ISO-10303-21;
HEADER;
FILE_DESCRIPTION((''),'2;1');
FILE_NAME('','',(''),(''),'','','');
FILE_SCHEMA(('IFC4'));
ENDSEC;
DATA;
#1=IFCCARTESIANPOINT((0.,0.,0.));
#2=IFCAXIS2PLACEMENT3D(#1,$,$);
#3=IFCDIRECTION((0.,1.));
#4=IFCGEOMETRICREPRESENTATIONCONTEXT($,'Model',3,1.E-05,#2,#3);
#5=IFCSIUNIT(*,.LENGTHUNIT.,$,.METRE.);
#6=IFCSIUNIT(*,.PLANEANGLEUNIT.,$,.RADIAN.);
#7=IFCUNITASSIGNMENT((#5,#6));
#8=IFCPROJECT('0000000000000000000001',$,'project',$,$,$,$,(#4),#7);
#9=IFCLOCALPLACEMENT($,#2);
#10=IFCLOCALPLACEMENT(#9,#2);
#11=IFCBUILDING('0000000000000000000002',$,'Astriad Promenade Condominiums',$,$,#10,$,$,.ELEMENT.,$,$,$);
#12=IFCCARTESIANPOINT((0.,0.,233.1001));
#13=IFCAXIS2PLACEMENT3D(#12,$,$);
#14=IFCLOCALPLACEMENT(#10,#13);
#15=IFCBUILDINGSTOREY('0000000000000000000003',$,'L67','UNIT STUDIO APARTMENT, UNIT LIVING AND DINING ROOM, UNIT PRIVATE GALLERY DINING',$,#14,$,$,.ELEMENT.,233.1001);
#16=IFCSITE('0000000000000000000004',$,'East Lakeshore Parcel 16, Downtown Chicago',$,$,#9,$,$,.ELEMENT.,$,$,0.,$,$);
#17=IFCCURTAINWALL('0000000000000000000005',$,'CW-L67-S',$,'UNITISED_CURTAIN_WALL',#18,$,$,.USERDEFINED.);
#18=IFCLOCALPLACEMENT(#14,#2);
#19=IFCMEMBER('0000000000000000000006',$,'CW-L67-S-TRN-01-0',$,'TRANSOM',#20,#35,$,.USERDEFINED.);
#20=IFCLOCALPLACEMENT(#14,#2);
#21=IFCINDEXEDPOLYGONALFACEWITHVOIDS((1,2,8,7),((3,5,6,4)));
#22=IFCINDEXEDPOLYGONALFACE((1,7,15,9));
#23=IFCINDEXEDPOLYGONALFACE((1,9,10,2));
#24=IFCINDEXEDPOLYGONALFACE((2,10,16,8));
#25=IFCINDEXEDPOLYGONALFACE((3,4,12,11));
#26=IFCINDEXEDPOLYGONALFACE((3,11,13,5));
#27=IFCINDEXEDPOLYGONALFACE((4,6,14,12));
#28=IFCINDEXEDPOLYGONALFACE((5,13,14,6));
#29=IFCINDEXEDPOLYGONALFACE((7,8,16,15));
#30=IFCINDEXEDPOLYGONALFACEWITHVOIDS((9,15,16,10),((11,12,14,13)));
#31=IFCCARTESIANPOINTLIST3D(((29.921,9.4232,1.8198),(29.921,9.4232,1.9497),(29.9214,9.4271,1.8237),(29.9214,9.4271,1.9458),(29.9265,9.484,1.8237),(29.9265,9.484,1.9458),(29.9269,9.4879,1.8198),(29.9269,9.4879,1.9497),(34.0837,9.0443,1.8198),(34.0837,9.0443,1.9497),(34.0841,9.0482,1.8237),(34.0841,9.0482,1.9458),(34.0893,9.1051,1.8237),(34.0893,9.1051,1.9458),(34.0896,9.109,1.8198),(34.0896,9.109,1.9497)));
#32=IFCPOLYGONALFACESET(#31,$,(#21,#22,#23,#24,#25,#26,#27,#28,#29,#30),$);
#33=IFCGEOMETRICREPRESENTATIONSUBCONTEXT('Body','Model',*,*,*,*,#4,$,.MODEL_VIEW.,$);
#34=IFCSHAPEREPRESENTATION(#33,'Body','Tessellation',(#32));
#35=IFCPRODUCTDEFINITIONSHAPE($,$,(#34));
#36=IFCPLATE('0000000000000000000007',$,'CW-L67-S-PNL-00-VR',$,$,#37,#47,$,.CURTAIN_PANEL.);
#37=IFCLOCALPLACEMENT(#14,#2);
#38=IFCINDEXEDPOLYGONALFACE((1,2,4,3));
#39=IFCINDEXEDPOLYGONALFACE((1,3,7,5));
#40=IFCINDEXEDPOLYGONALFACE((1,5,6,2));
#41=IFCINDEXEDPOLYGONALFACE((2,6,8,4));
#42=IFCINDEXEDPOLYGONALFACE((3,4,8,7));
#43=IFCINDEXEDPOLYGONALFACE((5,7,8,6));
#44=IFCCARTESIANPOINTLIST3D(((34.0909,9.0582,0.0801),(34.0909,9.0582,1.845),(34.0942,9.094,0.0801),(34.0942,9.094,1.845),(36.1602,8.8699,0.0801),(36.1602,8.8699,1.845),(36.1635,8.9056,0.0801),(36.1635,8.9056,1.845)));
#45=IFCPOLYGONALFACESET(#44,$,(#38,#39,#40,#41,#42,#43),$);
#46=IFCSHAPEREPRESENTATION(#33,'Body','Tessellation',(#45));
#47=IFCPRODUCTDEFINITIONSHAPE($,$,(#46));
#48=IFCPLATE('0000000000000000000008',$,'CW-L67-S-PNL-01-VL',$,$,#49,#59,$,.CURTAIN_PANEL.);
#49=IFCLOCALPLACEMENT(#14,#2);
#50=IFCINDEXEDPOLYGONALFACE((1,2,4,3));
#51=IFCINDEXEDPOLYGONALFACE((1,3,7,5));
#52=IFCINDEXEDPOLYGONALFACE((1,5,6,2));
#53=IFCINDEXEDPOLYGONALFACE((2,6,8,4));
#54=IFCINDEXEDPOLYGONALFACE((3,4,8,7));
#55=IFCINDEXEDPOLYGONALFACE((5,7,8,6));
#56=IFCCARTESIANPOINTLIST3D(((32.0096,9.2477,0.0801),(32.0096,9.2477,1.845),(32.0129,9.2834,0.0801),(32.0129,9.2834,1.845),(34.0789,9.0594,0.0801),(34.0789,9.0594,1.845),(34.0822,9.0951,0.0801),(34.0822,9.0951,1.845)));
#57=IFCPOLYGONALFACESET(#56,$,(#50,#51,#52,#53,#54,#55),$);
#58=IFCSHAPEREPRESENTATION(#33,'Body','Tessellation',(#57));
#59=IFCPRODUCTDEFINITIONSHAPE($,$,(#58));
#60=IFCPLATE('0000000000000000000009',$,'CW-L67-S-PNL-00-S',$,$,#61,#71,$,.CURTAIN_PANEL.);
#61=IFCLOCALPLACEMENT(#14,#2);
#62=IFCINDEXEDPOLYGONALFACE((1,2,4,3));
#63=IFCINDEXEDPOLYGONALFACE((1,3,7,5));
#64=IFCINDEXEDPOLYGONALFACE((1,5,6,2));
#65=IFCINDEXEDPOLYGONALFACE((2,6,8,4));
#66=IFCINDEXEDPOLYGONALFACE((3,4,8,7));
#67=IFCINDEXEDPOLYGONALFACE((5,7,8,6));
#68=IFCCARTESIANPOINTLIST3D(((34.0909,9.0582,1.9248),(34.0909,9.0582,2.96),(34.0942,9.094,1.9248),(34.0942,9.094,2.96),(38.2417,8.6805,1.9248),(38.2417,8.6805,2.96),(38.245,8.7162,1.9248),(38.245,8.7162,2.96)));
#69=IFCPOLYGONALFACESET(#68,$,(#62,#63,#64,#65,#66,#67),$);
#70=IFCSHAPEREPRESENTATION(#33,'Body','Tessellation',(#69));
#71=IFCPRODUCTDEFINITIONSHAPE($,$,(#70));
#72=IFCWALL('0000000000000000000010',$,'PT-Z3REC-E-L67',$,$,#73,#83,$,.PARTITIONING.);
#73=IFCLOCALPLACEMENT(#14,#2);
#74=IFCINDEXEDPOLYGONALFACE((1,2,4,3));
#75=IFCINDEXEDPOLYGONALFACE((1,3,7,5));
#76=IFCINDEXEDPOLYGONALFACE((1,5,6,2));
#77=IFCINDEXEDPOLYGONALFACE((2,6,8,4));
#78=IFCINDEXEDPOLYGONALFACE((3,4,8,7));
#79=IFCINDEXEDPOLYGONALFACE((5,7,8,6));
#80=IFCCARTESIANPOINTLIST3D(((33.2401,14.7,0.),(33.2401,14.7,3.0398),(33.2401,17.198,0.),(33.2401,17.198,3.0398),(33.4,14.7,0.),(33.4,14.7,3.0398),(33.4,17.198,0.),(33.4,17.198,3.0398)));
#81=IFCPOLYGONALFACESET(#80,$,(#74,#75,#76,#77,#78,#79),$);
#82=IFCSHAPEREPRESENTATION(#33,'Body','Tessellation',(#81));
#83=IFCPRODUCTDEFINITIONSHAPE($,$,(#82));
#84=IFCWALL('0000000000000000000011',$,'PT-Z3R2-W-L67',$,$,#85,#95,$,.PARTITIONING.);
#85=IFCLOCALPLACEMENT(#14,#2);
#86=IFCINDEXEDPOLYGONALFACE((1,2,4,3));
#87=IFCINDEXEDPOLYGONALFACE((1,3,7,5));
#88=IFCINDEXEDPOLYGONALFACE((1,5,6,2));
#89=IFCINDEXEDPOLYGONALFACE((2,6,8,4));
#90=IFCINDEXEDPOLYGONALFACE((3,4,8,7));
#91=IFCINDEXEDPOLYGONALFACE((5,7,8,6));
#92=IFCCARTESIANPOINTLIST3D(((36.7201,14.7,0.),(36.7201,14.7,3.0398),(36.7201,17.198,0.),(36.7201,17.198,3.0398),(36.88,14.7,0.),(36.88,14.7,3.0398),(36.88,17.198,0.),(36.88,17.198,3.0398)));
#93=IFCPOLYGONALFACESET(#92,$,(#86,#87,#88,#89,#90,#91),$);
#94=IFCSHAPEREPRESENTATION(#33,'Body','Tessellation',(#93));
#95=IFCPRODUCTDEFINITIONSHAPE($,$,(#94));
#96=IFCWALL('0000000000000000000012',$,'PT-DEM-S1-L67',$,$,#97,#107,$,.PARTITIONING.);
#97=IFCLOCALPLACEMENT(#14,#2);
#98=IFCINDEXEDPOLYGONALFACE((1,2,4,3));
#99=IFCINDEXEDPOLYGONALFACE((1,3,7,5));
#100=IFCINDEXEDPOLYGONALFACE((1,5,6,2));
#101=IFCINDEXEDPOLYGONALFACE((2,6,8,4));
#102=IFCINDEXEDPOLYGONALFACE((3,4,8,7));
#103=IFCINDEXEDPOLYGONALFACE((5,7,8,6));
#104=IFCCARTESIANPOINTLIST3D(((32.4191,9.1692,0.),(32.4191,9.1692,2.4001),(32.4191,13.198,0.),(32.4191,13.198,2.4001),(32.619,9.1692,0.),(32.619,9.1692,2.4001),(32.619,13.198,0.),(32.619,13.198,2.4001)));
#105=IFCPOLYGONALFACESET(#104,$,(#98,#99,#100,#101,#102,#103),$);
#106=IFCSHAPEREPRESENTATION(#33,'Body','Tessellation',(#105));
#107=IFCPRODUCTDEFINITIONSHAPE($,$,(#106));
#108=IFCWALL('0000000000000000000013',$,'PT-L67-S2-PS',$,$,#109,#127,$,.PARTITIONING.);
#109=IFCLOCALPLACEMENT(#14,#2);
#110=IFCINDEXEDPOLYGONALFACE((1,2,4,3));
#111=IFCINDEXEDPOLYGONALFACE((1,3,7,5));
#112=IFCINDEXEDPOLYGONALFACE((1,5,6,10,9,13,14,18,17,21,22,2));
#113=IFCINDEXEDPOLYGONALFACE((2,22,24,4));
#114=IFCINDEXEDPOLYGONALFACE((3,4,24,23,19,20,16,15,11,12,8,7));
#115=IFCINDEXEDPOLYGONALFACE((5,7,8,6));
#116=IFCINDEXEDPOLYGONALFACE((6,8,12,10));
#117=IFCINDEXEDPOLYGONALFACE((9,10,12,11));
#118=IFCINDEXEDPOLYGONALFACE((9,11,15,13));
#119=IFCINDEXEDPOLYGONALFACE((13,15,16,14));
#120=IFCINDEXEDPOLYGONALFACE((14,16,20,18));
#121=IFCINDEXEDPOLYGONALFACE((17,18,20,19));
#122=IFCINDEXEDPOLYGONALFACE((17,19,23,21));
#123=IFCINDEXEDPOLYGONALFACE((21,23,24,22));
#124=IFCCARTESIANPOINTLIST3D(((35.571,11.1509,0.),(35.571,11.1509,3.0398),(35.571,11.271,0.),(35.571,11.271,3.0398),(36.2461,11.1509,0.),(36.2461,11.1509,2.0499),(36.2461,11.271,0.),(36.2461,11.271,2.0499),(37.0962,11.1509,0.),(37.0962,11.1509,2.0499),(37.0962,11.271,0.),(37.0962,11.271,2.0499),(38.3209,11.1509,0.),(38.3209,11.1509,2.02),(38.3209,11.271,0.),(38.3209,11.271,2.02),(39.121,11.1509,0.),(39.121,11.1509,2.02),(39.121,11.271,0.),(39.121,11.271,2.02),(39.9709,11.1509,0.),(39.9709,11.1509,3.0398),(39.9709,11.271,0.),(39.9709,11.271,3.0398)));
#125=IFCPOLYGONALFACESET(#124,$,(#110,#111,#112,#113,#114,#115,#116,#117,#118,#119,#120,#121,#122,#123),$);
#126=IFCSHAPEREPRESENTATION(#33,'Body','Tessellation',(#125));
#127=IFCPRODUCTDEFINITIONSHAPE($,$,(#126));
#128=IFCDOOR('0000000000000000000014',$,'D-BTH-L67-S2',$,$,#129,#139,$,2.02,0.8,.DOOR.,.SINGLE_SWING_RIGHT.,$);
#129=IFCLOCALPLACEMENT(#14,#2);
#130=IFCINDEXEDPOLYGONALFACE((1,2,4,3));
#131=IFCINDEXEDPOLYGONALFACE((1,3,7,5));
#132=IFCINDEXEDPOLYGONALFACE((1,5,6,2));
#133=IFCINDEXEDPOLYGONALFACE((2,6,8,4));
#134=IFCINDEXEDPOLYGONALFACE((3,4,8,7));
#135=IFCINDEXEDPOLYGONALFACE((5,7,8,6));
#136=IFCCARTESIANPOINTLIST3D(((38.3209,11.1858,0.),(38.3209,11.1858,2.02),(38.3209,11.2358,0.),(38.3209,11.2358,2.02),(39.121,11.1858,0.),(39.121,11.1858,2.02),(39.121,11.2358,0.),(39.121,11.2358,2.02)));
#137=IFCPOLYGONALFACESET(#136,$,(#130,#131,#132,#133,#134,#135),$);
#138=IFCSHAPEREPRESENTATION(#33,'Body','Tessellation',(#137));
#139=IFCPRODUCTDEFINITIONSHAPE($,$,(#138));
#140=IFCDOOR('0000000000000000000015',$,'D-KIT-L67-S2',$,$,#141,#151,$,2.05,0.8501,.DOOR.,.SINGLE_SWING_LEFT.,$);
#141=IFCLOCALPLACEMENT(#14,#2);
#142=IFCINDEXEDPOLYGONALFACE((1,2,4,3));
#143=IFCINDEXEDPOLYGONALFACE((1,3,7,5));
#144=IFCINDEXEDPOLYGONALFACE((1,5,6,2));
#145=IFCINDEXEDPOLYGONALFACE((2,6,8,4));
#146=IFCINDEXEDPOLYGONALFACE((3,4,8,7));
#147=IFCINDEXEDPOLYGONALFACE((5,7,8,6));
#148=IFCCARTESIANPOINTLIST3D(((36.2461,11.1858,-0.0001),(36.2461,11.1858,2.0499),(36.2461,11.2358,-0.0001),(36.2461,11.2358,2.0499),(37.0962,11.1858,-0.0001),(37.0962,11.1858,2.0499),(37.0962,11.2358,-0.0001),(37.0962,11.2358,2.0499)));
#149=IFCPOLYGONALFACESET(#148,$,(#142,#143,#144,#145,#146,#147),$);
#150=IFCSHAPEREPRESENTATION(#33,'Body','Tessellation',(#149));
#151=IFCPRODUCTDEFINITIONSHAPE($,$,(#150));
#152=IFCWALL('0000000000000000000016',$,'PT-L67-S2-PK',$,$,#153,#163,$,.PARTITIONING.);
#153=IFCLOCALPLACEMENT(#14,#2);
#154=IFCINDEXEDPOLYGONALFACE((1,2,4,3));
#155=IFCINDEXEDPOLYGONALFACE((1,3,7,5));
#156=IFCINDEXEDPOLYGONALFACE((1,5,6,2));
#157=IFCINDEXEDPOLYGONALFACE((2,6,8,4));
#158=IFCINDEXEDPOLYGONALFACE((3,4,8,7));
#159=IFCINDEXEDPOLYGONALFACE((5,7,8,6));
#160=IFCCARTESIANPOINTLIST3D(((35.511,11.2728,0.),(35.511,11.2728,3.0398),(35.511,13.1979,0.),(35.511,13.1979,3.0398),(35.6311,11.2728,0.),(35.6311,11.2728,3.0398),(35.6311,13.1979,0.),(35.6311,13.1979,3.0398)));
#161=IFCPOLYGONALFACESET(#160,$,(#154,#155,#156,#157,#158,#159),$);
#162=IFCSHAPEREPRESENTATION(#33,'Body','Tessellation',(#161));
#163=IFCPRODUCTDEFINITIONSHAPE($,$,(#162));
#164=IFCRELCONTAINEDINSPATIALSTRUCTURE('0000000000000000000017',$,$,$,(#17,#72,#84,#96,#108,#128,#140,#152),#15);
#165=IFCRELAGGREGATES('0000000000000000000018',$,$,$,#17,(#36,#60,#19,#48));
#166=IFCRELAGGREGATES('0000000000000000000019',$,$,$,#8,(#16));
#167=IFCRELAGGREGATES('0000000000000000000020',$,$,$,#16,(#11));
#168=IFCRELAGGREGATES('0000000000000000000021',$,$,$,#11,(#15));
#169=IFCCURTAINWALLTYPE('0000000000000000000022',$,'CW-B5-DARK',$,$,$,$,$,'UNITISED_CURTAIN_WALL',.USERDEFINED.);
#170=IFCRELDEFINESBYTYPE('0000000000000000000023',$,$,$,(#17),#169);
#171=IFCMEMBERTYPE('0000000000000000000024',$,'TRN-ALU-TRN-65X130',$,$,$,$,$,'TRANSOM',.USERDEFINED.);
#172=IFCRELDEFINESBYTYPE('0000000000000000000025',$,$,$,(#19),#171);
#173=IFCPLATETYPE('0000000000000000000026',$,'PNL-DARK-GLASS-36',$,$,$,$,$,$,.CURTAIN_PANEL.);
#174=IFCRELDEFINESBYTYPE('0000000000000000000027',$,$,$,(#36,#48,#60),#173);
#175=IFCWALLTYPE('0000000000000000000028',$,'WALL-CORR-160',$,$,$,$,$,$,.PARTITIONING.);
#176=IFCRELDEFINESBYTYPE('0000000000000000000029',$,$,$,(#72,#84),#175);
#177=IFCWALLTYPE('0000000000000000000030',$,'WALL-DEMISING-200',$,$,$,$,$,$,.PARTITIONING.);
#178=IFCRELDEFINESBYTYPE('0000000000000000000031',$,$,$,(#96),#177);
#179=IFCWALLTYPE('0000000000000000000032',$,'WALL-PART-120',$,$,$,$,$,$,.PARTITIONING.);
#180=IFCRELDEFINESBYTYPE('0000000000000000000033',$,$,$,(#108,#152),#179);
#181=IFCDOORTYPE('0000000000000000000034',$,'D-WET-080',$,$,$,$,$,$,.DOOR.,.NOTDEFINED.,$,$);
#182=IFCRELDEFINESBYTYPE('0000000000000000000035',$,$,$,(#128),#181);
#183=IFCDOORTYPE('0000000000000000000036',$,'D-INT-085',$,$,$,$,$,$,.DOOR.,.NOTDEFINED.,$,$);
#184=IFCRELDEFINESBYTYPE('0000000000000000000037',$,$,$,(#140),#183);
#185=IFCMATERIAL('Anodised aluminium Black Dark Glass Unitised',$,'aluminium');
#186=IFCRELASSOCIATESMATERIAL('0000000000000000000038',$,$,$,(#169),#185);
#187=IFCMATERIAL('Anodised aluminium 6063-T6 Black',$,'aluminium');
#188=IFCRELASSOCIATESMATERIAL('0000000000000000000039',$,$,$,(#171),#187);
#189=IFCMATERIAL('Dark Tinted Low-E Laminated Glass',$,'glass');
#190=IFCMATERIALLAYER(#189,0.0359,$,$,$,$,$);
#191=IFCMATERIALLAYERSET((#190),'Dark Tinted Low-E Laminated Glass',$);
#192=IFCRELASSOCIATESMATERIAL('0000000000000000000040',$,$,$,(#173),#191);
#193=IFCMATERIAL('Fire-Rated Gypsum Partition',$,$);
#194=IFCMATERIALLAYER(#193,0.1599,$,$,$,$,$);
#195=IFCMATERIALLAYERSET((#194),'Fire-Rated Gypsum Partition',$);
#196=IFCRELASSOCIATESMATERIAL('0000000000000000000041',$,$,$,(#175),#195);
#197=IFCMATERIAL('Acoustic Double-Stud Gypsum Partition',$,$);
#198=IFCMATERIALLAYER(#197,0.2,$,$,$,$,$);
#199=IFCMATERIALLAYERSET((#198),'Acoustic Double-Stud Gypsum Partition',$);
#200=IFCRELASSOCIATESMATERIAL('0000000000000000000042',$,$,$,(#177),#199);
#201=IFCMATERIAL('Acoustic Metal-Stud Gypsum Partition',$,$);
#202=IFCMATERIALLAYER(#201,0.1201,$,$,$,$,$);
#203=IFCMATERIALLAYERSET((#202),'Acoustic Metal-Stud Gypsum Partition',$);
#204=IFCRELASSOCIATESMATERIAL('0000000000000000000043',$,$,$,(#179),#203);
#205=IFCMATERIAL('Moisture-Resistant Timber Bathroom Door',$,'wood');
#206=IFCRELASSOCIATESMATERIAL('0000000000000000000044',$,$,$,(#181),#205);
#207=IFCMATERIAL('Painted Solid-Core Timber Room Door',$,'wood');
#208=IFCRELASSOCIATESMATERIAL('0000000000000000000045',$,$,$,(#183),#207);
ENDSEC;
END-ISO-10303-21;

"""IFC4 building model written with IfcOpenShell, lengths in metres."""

from ifc_helpers import new_model, si_unit, direction, frame, frame_2d, origin, origin_2d, place, context, subcontext, project, spatial, rectangle, hollow_rectangle, extrude, source, transform, mapped, material, layer, layer_set, material_profile, profile_set, type_object, type_shapes, element, fill, aggregate, save


model = new_model("IFC4")

# Units and contexts
model_context = context("Model", 3, precision=1e-05, world=origin(), true_north=direction((0.0, 1.0)))
body_context = subcontext(model_context, "Body", "Model", "MODEL_VIEW")
ifc_project = project(units=[si_unit("LENGTHUNIT", "METRE"), si_unit("PLANEANGLEUNIT", "RADIAN")], contexts=[model_context])

# Site, building, storey
site_placement = place(None, origin())
site = spatial("IfcSite", under=ifc_project, at=site_placement, Name="East Lakeshore Parcel 16, Downtown Chicago", CompositionType="ELEMENT", RefElevation=0.0)
building_placement = place(site_placement, origin())
building = spatial("IfcBuilding", under=site, at=building_placement, Name="Astriad Promenade Condominiums", CompositionType="ELEMENT")
storey_placement = place(building_placement, frame((0.0, 0.0, 233.1001)))
storey = spatial("IfcBuildingStorey", under=building, at=storey_placement, Name="L67", Description="UNIT STUDIO APARTMENT, UNIT LIVING AND DINING ROOM, UNIT PRIVATE GALLERY DINING", CompositionType="ELEMENT", Elevation=233.1001)

# Curtain wall, member, plates
ifc_material_1 = material(Name="Anodised aluminium Black Dark Glass Unitised", Category="aluminium")
curtain_wall_type = type_object("IfcCurtainWallType", Name="CW-B5-DARK", ElementType="UNITISED_CURTAIN_WALL", PredefinedType="USERDEFINED", material=ifc_material_1)
curtain_wall_placement = place(storey_placement, origin())
curtain_wall = element("IfcCurtainWall", 1, at=curtain_wall_placement, inside=storey, type_object=curtain_wall_type, Name="CW-L67-S", ObjectType="UNITISED_CURTAIN_WALL", PredefinedType="USERDEFINED")
ifc_material_2 = material(Name="Anodised aluminium 6063-T6 Black", Category="aluminium")
ifc_material_profile_1 = material_profile(ifc_material_2, hollow_rectangle(XDim=0.0649, YDim=0.1299, WallThickness=0.0039, at=origin_2d()), Name="ALU-TRN-65X130")
ifc_profile_set_1 = profile_set([ifc_material_profile_1], Name="Anodised aluminium 6063-T6 Black")
member_type_1 = type_object("IfcMemberType", Name="TRN-ALU-TRN-65X130", ElementType="TRANSOM", PredefinedType="USERDEFINED", material=ifc_profile_set_1)
shared_shape_1 = source(origin(), body_context, "Body", "SweptSolid", [
    extrude(hollow_rectangle(XDim=0.0649, YDim=0.1299, WallThickness=0.0039, at=origin_2d()), origin(), (0.0, 0.0, 1.0), 4.1799),
])
type_shapes(member_type_1, [shared_shape_1])
member_1_placement = place(storey_placement, frame((34.0867, 9.0767, 1.8848), z_axis=(-0.995883, 0.090646, 0.0), x_axis=(-0.090646, -0.995883, 0.0)))
member_1 = element("IfcMember", 2, at=member_1_placement, type_object=member_type_1, Name="CW-L67-S-TRN-01-0", ObjectType="TRANSOM", PredefinedType="USERDEFINED", context=body_context, shape_type="MappedRepresentation", body=[
    mapped(shared_shape_1, transform((0.0, 0.0, 0.0), scale=1.0)),
])
ifc_material_3 = material(Name="Dark Tinted Low-E Laminated Glass", Category="glass")
ifc_layer_1 = layer(ifc_material_3, 0.0359)
ifc_layer_set_1 = layer_set([ifc_layer_1], Name="Dark Tinted Low-E Laminated Glass")
plate_type = type_object("IfcPlateType", Name="PNL-DARK-GLASS-36", PredefinedType="CURTAIN_PANEL", material=ifc_layer_set_1)
shared_shape_2 = source(origin(), body_context, "Body", "SweptSolid", [
    extrude(rectangle(XDim=2.0779, YDim=0.0359, at=origin_2d()), origin(), (0.0, 0.0, 1.0), 1.7649),
])
plate_1_placement = place(storey_placement, frame((35.1272, 8.9819, 0.0801), z_axis=(0.0, 0.0, 1.0), x_axis=(-0.995884, 0.090633, 0.0)))
plate_1 = element("IfcPlate", 3, at=plate_1_placement, type_object=plate_type, Name="CW-L67-S-PNL-00-VR", PredefinedType="CURTAIN_PANEL", context=body_context, shape_type="MappedRepresentation", body=[
    mapped(shared_shape_2, transform((0.0, 0.0, 0.0), scale=1.0)),
])
plate_2_placement = place(storey_placement, frame((33.0459, 9.1714, 0.0801), z_axis=(0.0, 0.0, 1.0), x_axis=(-0.995884, 0.090633, 0.0)))
plate_2 = element("IfcPlate", 4, at=plate_2_placement, type_object=plate_type, Name="CW-L67-S-PNL-01-VL", PredefinedType="CURTAIN_PANEL", context=body_context, shape_type="MappedRepresentation", body=[
    mapped(shared_shape_2, transform((0.0, 0.0, 0.0), scale=1.0)),
])
shared_shape_3 = source(origin(), body_context, "Body", "SweptSolid", [
    extrude(rectangle(XDim=4.168, YDim=0.0359, at=origin_2d()), origin(), (0.0, 0.0, 1.0), 1.0352),
])
type_shapes(plate_type, [shared_shape_2, shared_shape_3])
plate_3_placement = place(storey_placement, frame((36.168, 8.8872, 1.9248), z_axis=(0.0, 0.0, 1.0), x_axis=(-0.995884, 0.090633, 0.0)))
plate_3 = element("IfcPlate", 5, at=plate_3_placement, type_object=plate_type, Name="CW-L67-S-PNL-00-S", PredefinedType="CURTAIN_PANEL", context=body_context, shape_type="MappedRepresentation", body=[
    mapped(shared_shape_3, transform((0.0, 0.0, 0.0), scale=1.0)),
])
aggregate(curtain_wall, [plate_1, plate_3, member_1, plate_2])

# Walls
ifc_material_4 = material(Name="Fire-Rated Gypsum Partition")
ifc_layer_2 = layer(ifc_material_4, 0.1599)
ifc_layer_set_2 = layer_set([ifc_layer_2], Name="Fire-Rated Gypsum Partition")
wall_type_1 = type_object("IfcWallType", Name="WALL-CORR-160", PredefinedType="PARTITIONING", material=ifc_layer_set_2)
for number, where, z_axis, x_axis, name in (
    (6, (33.3201, 14.7, 0.0), (0.0, 0.0, 1.0), (0.0, 1.0, 0.0), "PT-Z3REC-E-L67"),
    (7, (36.8, 14.7, 0.0), (0.0, 0.0, 1.0), (0.0, 1.0, 0.0), "PT-Z3R2-W-L67"),
):
    element("IfcWall", number, at=place(storey_placement, frame(where, z_axis=z_axis, x_axis=x_axis)), inside=storey, type_object=wall_type_1, Name=name, PredefinedType="PARTITIONING", context=body_context, shape_type="SweptSolid", body=[
        extrude(rectangle(XDim=2.498, YDim=0.1599, at=frame_2d((1.249, 0.0))), origin(), (0.0, 0.0, 1.0), 3.0398),
    ])
ifc_material_5 = material(Name="Acoustic Double-Stud Gypsum Partition")
ifc_layer_3 = layer(ifc_material_5, 0.2)
ifc_layer_set_3 = layer_set([ifc_layer_3], Name="Acoustic Double-Stud Gypsum Partition")
wall_type_2 = type_object("IfcWallType", Name="WALL-DEMISING-200", PredefinedType="PARTITIONING", material=ifc_layer_set_3)
wall_1_placement = place(storey_placement, frame((32.519, 9.1692, 0.0), z_axis=(0.0, 0.0, 1.0), x_axis=(0.0, 1.0, 0.0)))
element("IfcWall", 8, at=wall_1_placement, inside=storey, type_object=wall_type_2, Name="PT-DEM-S1-L67", PredefinedType="PARTITIONING", context=body_context, shape_type="SweptSolid", body=[
    extrude(rectangle(XDim=4.0288, YDim=0.2, at=frame_2d((2.0144, 0.0))), origin(), (0.0, 0.0, 1.0), 2.4001),
])

# Wall, openings, doors
ifc_material_6 = material(Name="Acoustic Metal-Stud Gypsum Partition")
ifc_layer_4 = layer(ifc_material_6, 0.1201)
ifc_layer_set_4 = layer_set([ifc_layer_4], Name="Acoustic Metal-Stud Gypsum Partition")
wall_type_3 = type_object("IfcWallType", Name="WALL-PART-120", PredefinedType="PARTITIONING", material=ifc_layer_set_4)
wall_2_placement = place(storey_placement, frame((35.571, 11.2109, 0.0), z_axis=(0.0, 0.0, 1.0), x_axis=(1.0, 0.0, 0.0)))
wall_2 = element("IfcWall", 9, at=wall_2_placement, inside=storey, type_object=wall_type_3, Name="PT-L67-S2-PS", PredefinedType="PARTITIONING", context=body_context, shape_type="SweptSolid", body=[
    extrude(rectangle(XDim=4.3999, YDim=0.1201, at=frame_2d((2.2, 0.0))), origin(), (0.0, 0.0, 1.0), 3.0398),
])
opening_1_placement = place(wall_2_placement, frame((0.675, 0.0, 0.0)))
opening_1 = element("IfcOpeningElement", 10, at=opening_1_placement, cuts=wall_2, PredefinedType="OPENING", context=body_context, shape_type="SweptSolid", body=[
    extrude(rectangle(XDim=0.8501, YDim=2.05, at=frame_2d((0.425, 1.0249))), frame((0.0, 0.0701, 0.0), z_axis=(0.0, -1.0, 0.0), x_axis=(1.0, 0.0, 0.0)), (0.0, 0.0, 1.0), 0.1401),
])
opening_2_placement = place(wall_2_placement, frame((2.75, 0.0, 0.0)))
opening_2 = element("IfcOpeningElement", 11, at=opening_2_placement, cuts=wall_2, PredefinedType="OPENING", context=body_context, shape_type="SweptSolid", body=[
    extrude(rectangle(XDim=0.8, YDim=2.02, at=frame_2d((0.3999, 1.01))), frame((0.0, 0.0701, 0.0), z_axis=(0.0, -1.0, 0.0), x_axis=(1.0, 0.0, 0.0)), (0.0, 0.0, 1.0), 0.1401),
])
ifc_material_7 = material(Name="Moisture-Resistant Timber Bathroom Door", Category="wood")
door_type_1 = type_object("IfcDoorType", Name="D-WET-080", OperationType="NOTDEFINED", PredefinedType="DOOR", material=ifc_material_7)
shared_shape_4 = source(origin(), body_context, "Body", "SweptSolid", [
    extrude(rectangle(XDim=0.8, YDim=2.02, at=frame_2d((0.3999, 1.01))), frame((0.0, 0.0249, 0.0), z_axis=(0.0, -1.0, 0.0), x_axis=(1.0, 0.0, 0.0)), (0.0, 0.0, 1.0), 0.05),
])
type_shapes(door_type_1, [shared_shape_4])
door_1_placement = place(opening_2_placement, origin())
door_1 = element("IfcDoor", 12, at=door_1_placement, inside=storey, type_object=door_type_1, Name="D-BTH-L67-S2", OperationType="SINGLE_SWING_RIGHT", OverallHeight=2.02, OverallWidth=0.8, PredefinedType="DOOR", context=body_context, shape_type="MappedRepresentation", body=[
    mapped(shared_shape_4, transform((0.0, 0.0, 0.0), scale=1.0)),
])
fill(opening_2, door_1)
ifc_material_8 = material(Name="Painted Solid-Core Timber Room Door", Category="wood")
door_type_2 = type_object("IfcDoorType", Name="D-INT-085", OperationType="NOTDEFINED", PredefinedType="DOOR", material=ifc_material_8)
shared_shape_5 = source(origin(), body_context, "Body", "SweptSolid", [
    extrude(rectangle(XDim=0.8501, YDim=2.05, at=frame_2d((0.425, 1.0249))), frame((0.0, 0.0249, 0.0), z_axis=(0.0, -1.0, 0.0), x_axis=(1.0, 0.0, 0.0)), (0.0, 0.0, 1.0), 0.05),
])
type_shapes(door_type_2, [shared_shape_5])
door_2_placement = place(opening_1_placement, origin())
door_2 = element("IfcDoor", 13, at=door_2_placement, inside=storey, type_object=door_type_2, Name="D-KIT-L67-S2", OperationType="SINGLE_SWING_LEFT", OverallHeight=2.05, OverallWidth=0.8501, PredefinedType="DOOR", context=body_context, shape_type="MappedRepresentation", body=[
    mapped(shared_shape_5, transform((0.0, 0.0, 0.0), scale=1.0)),
])
fill(opening_1, door_2)

# Wall
wall_3_placement = place(storey_placement, frame((35.571, 11.2729, 0.0), z_axis=(0.0, 0.0, 1.0), x_axis=(0.0, 1.0, 0.0)))
element("IfcWall", 14, at=wall_3_placement, inside=storey, type_object=wall_type_3, Name="PT-L67-S2-PK", PredefinedType="PARTITIONING", context=body_context, shape_type="SweptSolid", body=[
    extrude(rectangle(XDim=1.925, YDim=0.1201, at=frame_2d((0.9624, 0.0))), origin(), (0.0, 0.0, 1.0), 3.0398),
])

save(model, "model.ifc")
